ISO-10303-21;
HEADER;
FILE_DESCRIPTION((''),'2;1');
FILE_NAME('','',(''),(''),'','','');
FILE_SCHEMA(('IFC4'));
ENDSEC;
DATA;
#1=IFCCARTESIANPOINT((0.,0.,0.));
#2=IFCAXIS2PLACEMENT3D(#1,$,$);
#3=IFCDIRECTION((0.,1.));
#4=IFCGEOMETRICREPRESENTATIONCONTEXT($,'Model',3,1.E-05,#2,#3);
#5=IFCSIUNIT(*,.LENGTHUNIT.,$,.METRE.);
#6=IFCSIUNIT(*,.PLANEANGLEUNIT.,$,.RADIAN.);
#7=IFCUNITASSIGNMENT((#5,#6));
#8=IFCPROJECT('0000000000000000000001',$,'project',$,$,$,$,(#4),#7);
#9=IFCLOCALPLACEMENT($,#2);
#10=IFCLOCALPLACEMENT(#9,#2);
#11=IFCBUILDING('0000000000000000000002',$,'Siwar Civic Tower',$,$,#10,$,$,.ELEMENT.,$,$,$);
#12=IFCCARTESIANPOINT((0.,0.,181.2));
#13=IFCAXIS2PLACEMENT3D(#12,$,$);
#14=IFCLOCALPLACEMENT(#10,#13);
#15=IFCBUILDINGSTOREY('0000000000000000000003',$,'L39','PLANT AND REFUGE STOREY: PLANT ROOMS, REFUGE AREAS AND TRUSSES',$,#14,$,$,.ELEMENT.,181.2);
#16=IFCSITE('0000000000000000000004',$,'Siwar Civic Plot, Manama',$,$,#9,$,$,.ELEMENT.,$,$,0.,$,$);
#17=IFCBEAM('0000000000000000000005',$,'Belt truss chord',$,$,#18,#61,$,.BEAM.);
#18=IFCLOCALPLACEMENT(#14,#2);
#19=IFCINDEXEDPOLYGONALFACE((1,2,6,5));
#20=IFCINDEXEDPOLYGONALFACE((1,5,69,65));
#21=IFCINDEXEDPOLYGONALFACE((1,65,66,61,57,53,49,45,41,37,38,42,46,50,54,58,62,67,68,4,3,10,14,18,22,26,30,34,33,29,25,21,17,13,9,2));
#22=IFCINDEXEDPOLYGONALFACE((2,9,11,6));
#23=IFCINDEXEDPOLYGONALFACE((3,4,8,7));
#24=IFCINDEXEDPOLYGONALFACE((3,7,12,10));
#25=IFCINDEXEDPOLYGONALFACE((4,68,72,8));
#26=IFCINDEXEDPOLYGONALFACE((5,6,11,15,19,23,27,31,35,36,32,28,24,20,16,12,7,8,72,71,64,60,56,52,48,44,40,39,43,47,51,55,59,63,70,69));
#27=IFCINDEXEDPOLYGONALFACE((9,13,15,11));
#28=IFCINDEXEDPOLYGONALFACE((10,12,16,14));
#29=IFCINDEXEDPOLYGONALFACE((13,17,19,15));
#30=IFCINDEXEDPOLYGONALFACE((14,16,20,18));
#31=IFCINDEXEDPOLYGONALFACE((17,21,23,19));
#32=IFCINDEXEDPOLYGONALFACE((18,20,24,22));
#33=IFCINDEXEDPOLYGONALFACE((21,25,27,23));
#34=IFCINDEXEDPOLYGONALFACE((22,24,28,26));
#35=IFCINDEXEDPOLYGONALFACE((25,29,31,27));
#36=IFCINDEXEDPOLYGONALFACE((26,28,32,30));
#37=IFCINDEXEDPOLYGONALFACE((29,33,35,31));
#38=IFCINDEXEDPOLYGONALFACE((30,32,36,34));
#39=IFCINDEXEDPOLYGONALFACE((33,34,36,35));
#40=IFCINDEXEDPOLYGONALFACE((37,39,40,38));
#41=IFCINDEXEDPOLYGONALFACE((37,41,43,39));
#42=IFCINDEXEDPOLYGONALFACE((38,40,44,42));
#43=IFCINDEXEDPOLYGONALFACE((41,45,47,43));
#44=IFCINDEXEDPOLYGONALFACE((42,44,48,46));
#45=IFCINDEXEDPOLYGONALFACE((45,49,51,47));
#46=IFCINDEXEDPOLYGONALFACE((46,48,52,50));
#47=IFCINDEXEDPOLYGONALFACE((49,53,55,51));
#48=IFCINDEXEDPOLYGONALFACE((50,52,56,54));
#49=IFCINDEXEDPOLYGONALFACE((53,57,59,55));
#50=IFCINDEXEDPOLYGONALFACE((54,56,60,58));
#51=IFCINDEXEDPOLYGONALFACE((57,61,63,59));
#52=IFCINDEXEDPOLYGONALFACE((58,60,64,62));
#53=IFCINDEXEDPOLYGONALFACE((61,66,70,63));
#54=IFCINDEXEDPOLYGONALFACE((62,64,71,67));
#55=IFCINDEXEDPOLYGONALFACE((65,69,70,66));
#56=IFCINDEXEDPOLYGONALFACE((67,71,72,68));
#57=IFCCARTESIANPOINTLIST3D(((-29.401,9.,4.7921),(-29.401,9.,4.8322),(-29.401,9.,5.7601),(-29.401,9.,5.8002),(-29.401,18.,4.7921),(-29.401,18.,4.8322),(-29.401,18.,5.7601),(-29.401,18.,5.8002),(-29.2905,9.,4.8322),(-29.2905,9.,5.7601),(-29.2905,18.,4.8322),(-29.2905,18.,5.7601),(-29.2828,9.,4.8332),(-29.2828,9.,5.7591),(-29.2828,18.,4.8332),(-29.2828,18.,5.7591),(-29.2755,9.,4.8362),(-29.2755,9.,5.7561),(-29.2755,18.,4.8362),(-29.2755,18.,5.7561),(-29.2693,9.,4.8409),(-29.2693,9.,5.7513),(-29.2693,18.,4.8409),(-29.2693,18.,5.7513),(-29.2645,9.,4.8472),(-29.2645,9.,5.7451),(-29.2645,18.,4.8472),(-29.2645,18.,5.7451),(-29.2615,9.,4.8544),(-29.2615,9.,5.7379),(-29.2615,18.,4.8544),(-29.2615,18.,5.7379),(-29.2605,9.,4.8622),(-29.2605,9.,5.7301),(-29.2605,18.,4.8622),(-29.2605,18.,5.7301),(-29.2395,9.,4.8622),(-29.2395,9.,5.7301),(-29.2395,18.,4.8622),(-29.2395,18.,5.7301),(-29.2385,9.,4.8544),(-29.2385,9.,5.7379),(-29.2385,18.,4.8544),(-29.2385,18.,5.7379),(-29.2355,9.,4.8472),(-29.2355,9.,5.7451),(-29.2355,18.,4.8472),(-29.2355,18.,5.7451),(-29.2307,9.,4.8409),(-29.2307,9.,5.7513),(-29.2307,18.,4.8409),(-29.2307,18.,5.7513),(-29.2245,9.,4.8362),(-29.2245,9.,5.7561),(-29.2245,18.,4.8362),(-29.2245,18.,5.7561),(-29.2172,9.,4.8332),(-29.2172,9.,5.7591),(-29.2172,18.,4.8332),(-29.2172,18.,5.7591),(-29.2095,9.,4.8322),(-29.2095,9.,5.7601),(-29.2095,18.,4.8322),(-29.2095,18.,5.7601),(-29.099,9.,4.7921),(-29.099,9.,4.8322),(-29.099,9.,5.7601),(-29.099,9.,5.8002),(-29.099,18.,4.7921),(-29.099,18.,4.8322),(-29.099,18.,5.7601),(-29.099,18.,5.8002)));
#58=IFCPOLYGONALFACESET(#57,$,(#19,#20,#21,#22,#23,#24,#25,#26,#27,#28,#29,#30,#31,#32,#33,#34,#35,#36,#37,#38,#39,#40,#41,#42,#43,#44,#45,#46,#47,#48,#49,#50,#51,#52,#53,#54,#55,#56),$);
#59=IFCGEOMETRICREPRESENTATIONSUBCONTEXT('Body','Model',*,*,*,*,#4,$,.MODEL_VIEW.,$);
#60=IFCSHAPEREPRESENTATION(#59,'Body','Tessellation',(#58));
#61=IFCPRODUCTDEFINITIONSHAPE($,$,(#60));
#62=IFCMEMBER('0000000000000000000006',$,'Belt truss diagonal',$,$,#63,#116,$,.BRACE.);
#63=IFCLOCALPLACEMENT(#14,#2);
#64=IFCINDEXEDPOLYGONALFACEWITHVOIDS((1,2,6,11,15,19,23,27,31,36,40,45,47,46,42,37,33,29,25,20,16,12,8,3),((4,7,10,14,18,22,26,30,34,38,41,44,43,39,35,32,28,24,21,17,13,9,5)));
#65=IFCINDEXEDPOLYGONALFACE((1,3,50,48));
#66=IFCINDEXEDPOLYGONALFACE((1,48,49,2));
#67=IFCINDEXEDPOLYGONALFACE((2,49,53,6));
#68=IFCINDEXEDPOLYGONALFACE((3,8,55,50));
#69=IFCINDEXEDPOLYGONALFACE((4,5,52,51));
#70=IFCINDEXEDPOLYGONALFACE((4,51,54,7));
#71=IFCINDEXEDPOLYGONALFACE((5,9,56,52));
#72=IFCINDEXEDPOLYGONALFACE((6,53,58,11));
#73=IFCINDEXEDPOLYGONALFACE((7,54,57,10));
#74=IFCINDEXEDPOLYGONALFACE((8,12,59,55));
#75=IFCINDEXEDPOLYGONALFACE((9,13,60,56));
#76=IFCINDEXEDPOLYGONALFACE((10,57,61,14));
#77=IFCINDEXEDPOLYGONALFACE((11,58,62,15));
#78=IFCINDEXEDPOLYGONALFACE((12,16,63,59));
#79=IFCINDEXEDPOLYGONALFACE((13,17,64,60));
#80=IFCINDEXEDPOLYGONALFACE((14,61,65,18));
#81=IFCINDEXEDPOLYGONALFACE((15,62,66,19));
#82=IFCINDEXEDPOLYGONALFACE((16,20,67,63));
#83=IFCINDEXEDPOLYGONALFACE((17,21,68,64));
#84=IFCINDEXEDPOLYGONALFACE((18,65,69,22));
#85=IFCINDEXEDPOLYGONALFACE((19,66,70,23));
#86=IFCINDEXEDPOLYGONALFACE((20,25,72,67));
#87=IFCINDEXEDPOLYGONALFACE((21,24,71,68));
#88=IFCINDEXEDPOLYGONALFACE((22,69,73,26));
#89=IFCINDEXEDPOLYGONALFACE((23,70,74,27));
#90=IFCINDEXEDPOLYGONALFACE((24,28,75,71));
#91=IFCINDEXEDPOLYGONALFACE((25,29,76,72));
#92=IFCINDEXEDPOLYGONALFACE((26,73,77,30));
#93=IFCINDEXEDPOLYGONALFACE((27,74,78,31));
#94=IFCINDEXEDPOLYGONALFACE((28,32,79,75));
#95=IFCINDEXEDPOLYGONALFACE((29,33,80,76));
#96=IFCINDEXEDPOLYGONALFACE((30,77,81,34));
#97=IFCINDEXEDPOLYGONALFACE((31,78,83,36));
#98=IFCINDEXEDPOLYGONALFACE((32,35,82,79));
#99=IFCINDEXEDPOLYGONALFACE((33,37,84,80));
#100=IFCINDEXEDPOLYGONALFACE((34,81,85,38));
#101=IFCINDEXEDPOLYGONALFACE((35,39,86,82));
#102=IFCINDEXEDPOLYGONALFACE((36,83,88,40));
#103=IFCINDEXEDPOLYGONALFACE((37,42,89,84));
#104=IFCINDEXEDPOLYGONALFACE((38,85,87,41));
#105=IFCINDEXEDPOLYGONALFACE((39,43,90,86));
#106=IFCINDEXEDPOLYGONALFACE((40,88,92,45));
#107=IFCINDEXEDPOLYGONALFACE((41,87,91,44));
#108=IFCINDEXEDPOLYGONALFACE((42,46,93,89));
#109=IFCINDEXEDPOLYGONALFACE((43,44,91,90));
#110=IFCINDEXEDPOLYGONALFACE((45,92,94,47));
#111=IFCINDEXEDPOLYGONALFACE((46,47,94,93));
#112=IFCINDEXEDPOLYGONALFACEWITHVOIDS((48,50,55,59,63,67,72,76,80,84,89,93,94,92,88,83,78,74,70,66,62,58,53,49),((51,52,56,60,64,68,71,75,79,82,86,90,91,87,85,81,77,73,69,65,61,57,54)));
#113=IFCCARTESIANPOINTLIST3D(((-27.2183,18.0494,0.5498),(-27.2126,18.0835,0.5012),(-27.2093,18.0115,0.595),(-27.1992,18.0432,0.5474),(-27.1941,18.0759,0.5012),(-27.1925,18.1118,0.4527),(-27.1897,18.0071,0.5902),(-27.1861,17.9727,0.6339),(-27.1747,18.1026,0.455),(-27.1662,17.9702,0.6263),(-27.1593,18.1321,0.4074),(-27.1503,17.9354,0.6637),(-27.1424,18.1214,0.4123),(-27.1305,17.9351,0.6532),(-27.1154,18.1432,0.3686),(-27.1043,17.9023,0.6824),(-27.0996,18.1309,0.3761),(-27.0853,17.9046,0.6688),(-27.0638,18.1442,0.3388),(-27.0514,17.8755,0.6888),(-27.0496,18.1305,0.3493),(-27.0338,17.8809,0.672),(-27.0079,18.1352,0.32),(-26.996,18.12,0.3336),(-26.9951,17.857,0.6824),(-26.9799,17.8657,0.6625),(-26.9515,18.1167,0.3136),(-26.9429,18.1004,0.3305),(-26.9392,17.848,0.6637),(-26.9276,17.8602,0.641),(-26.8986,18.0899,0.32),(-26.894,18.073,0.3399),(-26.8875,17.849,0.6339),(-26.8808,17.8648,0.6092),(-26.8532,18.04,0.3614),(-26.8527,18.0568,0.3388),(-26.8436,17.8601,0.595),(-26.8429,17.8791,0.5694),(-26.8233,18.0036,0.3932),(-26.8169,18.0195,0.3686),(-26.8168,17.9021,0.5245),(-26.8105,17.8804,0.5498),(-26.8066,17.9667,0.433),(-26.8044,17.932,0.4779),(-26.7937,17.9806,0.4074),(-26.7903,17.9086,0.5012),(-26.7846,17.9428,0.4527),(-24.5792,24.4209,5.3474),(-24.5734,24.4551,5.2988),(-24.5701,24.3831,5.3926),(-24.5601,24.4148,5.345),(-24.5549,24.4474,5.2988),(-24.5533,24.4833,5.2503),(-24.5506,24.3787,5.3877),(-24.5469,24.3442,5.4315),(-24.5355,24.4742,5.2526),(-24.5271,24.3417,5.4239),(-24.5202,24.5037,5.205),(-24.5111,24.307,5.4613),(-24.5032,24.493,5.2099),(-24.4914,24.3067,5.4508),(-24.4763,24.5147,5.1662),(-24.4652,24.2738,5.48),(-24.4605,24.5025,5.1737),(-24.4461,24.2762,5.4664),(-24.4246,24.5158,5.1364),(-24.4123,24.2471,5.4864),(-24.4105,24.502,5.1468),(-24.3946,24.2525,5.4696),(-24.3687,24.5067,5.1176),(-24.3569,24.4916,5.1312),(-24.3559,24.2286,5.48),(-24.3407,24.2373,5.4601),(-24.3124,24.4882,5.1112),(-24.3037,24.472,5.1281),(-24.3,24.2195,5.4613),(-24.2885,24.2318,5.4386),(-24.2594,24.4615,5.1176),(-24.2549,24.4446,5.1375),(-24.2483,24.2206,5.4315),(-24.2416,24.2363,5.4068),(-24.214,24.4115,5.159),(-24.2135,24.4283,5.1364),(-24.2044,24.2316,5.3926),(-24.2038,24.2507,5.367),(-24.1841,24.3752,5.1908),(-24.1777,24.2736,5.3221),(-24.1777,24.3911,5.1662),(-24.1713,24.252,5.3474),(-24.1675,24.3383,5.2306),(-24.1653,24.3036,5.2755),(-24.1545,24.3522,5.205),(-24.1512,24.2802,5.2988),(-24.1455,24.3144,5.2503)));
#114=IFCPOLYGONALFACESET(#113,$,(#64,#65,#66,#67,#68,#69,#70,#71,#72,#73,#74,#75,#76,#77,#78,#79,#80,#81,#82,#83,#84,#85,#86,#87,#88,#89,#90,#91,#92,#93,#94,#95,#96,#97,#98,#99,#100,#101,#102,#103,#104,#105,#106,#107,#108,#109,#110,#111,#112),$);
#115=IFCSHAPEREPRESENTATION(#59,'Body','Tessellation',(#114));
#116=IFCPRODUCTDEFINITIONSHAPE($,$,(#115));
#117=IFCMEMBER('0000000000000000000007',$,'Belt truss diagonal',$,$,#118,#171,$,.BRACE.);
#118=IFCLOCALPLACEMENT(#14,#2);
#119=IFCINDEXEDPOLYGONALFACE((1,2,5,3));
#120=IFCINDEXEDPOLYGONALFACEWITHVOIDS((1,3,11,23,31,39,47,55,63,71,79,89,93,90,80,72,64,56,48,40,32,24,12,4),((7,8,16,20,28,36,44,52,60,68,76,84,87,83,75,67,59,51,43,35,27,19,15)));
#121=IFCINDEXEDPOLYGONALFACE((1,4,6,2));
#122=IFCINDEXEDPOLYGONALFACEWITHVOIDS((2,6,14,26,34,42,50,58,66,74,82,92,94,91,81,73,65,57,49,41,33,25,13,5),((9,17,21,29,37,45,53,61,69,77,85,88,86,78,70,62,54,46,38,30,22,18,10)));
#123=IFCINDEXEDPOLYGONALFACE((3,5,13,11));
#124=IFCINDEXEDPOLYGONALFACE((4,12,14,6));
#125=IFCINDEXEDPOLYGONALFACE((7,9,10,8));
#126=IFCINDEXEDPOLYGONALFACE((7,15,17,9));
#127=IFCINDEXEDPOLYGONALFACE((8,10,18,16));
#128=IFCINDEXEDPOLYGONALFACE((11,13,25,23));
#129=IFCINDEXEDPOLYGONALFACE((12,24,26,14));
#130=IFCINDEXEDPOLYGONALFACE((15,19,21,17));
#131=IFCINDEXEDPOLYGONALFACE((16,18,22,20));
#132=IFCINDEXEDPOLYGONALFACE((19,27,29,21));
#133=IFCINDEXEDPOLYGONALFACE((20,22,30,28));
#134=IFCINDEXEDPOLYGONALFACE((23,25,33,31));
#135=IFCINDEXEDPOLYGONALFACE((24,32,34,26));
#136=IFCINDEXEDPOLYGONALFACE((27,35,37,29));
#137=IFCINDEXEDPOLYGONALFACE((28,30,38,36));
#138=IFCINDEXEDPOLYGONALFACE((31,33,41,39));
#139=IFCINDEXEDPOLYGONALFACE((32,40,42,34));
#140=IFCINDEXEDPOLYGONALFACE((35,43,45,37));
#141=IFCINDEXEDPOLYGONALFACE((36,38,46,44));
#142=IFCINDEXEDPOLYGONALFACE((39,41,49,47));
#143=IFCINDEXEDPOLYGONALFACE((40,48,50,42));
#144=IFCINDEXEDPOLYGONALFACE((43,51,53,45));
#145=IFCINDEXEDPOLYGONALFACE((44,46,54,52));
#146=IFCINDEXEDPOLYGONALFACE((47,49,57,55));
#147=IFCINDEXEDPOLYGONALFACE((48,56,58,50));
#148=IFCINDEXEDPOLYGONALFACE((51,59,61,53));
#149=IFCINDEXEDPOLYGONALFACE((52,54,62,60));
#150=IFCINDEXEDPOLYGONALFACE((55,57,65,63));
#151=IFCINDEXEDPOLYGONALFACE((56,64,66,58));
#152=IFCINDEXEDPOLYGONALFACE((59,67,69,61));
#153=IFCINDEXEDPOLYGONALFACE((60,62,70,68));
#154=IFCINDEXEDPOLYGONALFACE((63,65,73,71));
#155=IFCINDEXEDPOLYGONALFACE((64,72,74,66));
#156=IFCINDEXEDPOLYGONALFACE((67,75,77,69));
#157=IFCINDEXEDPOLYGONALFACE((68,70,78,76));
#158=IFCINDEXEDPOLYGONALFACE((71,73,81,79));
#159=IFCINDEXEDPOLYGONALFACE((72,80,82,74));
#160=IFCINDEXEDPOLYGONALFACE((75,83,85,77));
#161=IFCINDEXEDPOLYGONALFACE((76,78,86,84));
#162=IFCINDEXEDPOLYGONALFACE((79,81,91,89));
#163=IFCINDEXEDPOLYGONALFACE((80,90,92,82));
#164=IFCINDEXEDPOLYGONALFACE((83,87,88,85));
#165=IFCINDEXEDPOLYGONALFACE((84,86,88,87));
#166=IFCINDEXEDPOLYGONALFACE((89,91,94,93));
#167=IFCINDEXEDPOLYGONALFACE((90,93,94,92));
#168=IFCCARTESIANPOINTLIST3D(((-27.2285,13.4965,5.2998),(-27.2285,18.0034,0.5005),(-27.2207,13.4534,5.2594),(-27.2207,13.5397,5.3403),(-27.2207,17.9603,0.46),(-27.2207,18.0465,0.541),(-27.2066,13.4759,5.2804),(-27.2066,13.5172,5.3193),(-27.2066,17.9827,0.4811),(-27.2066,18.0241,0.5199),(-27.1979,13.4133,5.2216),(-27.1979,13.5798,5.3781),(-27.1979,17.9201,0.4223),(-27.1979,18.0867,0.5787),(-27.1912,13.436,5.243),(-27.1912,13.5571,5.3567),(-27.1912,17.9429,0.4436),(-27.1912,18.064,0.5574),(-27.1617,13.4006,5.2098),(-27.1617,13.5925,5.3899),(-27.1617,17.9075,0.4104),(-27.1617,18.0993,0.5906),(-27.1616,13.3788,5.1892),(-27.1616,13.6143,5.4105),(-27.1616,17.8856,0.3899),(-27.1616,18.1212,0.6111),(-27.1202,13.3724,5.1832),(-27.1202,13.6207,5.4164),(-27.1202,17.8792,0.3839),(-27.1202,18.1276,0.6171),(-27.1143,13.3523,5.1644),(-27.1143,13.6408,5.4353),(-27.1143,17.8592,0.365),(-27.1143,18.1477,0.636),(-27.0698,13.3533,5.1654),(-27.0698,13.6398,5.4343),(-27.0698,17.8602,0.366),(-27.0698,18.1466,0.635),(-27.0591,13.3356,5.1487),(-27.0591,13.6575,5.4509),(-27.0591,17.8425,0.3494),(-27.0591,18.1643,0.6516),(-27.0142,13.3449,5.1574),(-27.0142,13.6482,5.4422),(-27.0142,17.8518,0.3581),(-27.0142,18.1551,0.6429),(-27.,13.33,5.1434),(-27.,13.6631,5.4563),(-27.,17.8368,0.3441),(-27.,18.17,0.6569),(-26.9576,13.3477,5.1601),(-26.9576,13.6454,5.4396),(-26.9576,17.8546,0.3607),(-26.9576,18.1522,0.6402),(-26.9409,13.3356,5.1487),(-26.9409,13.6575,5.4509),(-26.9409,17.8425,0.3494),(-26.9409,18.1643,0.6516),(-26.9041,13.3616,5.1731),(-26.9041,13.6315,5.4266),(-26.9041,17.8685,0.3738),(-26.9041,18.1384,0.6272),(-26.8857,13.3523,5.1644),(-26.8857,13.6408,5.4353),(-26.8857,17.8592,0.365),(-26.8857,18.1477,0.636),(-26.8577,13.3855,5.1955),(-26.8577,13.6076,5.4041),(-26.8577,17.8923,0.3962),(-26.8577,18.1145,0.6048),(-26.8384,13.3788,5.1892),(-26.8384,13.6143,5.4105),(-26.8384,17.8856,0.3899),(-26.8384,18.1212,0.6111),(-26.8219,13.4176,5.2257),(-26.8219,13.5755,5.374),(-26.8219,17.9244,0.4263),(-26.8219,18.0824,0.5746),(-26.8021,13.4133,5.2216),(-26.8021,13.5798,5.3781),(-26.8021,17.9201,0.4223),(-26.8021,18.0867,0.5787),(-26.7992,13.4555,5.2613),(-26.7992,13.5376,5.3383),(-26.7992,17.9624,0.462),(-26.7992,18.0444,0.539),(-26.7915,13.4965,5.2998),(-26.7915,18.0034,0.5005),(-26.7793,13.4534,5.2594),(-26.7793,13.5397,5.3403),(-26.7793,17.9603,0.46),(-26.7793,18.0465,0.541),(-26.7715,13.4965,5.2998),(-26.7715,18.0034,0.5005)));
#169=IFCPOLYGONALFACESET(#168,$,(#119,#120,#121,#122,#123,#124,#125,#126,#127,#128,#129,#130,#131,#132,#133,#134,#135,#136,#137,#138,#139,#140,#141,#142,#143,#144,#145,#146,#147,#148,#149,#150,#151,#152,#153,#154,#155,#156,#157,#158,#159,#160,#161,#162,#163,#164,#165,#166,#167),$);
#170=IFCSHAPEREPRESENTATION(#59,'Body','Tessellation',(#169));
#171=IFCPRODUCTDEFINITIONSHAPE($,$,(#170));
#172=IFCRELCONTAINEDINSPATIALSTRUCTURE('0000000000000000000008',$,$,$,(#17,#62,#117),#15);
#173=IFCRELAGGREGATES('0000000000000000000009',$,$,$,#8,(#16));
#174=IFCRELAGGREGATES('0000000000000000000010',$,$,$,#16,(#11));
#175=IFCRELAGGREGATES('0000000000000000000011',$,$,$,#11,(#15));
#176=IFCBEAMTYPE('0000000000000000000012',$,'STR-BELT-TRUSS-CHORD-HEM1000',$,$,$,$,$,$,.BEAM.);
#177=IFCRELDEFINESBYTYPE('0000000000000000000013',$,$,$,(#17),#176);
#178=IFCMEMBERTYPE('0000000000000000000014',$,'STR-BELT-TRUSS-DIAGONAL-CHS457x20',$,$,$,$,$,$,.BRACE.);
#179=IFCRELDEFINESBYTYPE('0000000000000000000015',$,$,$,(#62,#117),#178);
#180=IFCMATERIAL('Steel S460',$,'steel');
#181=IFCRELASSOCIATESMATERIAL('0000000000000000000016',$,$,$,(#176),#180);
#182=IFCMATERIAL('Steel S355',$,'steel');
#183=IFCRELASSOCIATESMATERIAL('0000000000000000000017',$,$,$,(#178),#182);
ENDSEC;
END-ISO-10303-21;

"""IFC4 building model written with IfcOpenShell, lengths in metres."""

from ifc_helpers import new_model, si_unit, direction, frame, origin, origin_2d, place, context, subcontext, project, spatial, hollow_circle, i_section, extrude, material, material_profile, profile_set, type_object, element, save


model = new_model("IFC4")

# Units and contexts
model_context = context("Model", 3, precision=1e-05, world=origin(), true_north=direction((0.0, 1.0)))
body_context = subcontext(model_context, "Body", "Model", "MODEL_VIEW")
ifc_project = project(units=[si_unit("LENGTHUNIT", "METRE"), si_unit("PLANEANGLEUNIT", "RADIAN")], contexts=[model_context])

# Site, building, storey
site_placement = place(None, origin())
site = spatial("IfcSite", under=ifc_project, at=site_placement, Name="Siwar Civic Plot, Manama", CompositionType="ELEMENT", RefElevation=0.0)
building_placement = place(site_placement, origin())
building = spatial("IfcBuilding", under=site, at=building_placement, Name="Siwar Civic Tower", CompositionType="ELEMENT")
storey_placement = place(building_placement, frame((0.0, 0.0, 181.2)))
storey = spatial("IfcBuildingStorey", under=building, at=storey_placement, Name="L39", Description="PLANT AND REFUGE STOREY: PLANT ROOMS, REFUGE AREAS AND TRUSSES", CompositionType="ELEMENT", Elevation=181.2)

# Beam
ifc_material_1 = material(Name="Steel S460", Category="steel")
ifc_material_profile_1 = material_profile(ifc_material_1, i_section(OverallWidth=0.302, OverallDepth=1.0081, WebThickness=0.021, FlangeThickness=0.04, FilletRadius=0.03, at=origin_2d()), Name="HEM1000")
ifc_profile_set_1 = profile_set([ifc_material_profile_1], Name="Steel S460")
beam_type_1 = type_object("IfcBeamType", Name="STR-BELT-TRUSS-CHORD-HEM1000", PredefinedType="BEAM", material=ifc_profile_set_1)
for number, where, z_axis, x_axis, name in (
    (1, (-29.25, 18.0, 5.2961), (0.0, -1.0, 0.0), (1.0, 0.0, 0.0), "Belt truss chord"),
):
    element("IfcBeam", number, at=place(storey_placement, frame(where, z_axis=z_axis, x_axis=x_axis)), inside=storey, type_object=beam_type_1, Name=name, PredefinedType="BEAM", context=body_context, shape_type="SweptSolid", body=[
        extrude(i_section(OverallWidth=0.302, OverallDepth=1.0081, WebThickness=0.021, FlangeThickness=0.04, FilletRadius=0.03, at=origin_2d()), origin(), (0.0, 0.0, 1.0), 9.0),
    ])

# Members
ifc_material_2 = material(Name="Steel S355", Category="steel")
ifc_material_profile_2 = material_profile(ifc_material_2, hollow_circle(Radius=0.2285, WallThickness=0.02, at=origin_2d()), Name="CHS457x20")
ifc_profile_set_2 = profile_set([ifc_material_profile_2], Name="Steel S355")
member_type_1 = type_object("IfcMemberType", Name="STR-BELT-TRUSS-DIAGONAL-CHS457x20", PredefinedType="BRACE", material=ifc_profile_set_2)
member_1_placement = place(storey_placement, frame((-27.0015, 17.9961, 0.5012), z_axis=(0.314143, 0.758418, 0.571066), x_axis=(-0.923881, 0.382679, 0.0)))
element("IfcMember", 2, at=member_1_placement, inside=storey, type_object=member_type_1, Name="Belt truss diagonal", PredefinedType="BRACE", context=body_context, shape_type="SweptSolid", body=[
    extrude(hollow_circle(Radius=0.2285, WallThickness=0.02, at=origin_2d()), origin(), (0.0, 0.0, 1.0), 8.4011),
])
for number, where, z_axis, x_axis, name in (
    (3, (-27.0, 18.0034, 0.5005), (0.0, -0.684545, 0.72897), (1.0, 0.0, 0.0), "Belt truss diagonal"),
):
    element("IfcMember", number, at=place(storey_placement, frame(where, z_axis=z_axis, x_axis=x_axis)), inside=storey, type_object=member_type_1, Name=name, PredefinedType="BRACE", context=body_context, shape_type="SweptSolid", body=[
        extrude(hollow_circle(Radius=0.2285, WallThickness=0.02, at=origin_2d()), origin(), (0.0, 0.0, 1.0), 6.5837),
    ])

save(model, "model.ifc")
